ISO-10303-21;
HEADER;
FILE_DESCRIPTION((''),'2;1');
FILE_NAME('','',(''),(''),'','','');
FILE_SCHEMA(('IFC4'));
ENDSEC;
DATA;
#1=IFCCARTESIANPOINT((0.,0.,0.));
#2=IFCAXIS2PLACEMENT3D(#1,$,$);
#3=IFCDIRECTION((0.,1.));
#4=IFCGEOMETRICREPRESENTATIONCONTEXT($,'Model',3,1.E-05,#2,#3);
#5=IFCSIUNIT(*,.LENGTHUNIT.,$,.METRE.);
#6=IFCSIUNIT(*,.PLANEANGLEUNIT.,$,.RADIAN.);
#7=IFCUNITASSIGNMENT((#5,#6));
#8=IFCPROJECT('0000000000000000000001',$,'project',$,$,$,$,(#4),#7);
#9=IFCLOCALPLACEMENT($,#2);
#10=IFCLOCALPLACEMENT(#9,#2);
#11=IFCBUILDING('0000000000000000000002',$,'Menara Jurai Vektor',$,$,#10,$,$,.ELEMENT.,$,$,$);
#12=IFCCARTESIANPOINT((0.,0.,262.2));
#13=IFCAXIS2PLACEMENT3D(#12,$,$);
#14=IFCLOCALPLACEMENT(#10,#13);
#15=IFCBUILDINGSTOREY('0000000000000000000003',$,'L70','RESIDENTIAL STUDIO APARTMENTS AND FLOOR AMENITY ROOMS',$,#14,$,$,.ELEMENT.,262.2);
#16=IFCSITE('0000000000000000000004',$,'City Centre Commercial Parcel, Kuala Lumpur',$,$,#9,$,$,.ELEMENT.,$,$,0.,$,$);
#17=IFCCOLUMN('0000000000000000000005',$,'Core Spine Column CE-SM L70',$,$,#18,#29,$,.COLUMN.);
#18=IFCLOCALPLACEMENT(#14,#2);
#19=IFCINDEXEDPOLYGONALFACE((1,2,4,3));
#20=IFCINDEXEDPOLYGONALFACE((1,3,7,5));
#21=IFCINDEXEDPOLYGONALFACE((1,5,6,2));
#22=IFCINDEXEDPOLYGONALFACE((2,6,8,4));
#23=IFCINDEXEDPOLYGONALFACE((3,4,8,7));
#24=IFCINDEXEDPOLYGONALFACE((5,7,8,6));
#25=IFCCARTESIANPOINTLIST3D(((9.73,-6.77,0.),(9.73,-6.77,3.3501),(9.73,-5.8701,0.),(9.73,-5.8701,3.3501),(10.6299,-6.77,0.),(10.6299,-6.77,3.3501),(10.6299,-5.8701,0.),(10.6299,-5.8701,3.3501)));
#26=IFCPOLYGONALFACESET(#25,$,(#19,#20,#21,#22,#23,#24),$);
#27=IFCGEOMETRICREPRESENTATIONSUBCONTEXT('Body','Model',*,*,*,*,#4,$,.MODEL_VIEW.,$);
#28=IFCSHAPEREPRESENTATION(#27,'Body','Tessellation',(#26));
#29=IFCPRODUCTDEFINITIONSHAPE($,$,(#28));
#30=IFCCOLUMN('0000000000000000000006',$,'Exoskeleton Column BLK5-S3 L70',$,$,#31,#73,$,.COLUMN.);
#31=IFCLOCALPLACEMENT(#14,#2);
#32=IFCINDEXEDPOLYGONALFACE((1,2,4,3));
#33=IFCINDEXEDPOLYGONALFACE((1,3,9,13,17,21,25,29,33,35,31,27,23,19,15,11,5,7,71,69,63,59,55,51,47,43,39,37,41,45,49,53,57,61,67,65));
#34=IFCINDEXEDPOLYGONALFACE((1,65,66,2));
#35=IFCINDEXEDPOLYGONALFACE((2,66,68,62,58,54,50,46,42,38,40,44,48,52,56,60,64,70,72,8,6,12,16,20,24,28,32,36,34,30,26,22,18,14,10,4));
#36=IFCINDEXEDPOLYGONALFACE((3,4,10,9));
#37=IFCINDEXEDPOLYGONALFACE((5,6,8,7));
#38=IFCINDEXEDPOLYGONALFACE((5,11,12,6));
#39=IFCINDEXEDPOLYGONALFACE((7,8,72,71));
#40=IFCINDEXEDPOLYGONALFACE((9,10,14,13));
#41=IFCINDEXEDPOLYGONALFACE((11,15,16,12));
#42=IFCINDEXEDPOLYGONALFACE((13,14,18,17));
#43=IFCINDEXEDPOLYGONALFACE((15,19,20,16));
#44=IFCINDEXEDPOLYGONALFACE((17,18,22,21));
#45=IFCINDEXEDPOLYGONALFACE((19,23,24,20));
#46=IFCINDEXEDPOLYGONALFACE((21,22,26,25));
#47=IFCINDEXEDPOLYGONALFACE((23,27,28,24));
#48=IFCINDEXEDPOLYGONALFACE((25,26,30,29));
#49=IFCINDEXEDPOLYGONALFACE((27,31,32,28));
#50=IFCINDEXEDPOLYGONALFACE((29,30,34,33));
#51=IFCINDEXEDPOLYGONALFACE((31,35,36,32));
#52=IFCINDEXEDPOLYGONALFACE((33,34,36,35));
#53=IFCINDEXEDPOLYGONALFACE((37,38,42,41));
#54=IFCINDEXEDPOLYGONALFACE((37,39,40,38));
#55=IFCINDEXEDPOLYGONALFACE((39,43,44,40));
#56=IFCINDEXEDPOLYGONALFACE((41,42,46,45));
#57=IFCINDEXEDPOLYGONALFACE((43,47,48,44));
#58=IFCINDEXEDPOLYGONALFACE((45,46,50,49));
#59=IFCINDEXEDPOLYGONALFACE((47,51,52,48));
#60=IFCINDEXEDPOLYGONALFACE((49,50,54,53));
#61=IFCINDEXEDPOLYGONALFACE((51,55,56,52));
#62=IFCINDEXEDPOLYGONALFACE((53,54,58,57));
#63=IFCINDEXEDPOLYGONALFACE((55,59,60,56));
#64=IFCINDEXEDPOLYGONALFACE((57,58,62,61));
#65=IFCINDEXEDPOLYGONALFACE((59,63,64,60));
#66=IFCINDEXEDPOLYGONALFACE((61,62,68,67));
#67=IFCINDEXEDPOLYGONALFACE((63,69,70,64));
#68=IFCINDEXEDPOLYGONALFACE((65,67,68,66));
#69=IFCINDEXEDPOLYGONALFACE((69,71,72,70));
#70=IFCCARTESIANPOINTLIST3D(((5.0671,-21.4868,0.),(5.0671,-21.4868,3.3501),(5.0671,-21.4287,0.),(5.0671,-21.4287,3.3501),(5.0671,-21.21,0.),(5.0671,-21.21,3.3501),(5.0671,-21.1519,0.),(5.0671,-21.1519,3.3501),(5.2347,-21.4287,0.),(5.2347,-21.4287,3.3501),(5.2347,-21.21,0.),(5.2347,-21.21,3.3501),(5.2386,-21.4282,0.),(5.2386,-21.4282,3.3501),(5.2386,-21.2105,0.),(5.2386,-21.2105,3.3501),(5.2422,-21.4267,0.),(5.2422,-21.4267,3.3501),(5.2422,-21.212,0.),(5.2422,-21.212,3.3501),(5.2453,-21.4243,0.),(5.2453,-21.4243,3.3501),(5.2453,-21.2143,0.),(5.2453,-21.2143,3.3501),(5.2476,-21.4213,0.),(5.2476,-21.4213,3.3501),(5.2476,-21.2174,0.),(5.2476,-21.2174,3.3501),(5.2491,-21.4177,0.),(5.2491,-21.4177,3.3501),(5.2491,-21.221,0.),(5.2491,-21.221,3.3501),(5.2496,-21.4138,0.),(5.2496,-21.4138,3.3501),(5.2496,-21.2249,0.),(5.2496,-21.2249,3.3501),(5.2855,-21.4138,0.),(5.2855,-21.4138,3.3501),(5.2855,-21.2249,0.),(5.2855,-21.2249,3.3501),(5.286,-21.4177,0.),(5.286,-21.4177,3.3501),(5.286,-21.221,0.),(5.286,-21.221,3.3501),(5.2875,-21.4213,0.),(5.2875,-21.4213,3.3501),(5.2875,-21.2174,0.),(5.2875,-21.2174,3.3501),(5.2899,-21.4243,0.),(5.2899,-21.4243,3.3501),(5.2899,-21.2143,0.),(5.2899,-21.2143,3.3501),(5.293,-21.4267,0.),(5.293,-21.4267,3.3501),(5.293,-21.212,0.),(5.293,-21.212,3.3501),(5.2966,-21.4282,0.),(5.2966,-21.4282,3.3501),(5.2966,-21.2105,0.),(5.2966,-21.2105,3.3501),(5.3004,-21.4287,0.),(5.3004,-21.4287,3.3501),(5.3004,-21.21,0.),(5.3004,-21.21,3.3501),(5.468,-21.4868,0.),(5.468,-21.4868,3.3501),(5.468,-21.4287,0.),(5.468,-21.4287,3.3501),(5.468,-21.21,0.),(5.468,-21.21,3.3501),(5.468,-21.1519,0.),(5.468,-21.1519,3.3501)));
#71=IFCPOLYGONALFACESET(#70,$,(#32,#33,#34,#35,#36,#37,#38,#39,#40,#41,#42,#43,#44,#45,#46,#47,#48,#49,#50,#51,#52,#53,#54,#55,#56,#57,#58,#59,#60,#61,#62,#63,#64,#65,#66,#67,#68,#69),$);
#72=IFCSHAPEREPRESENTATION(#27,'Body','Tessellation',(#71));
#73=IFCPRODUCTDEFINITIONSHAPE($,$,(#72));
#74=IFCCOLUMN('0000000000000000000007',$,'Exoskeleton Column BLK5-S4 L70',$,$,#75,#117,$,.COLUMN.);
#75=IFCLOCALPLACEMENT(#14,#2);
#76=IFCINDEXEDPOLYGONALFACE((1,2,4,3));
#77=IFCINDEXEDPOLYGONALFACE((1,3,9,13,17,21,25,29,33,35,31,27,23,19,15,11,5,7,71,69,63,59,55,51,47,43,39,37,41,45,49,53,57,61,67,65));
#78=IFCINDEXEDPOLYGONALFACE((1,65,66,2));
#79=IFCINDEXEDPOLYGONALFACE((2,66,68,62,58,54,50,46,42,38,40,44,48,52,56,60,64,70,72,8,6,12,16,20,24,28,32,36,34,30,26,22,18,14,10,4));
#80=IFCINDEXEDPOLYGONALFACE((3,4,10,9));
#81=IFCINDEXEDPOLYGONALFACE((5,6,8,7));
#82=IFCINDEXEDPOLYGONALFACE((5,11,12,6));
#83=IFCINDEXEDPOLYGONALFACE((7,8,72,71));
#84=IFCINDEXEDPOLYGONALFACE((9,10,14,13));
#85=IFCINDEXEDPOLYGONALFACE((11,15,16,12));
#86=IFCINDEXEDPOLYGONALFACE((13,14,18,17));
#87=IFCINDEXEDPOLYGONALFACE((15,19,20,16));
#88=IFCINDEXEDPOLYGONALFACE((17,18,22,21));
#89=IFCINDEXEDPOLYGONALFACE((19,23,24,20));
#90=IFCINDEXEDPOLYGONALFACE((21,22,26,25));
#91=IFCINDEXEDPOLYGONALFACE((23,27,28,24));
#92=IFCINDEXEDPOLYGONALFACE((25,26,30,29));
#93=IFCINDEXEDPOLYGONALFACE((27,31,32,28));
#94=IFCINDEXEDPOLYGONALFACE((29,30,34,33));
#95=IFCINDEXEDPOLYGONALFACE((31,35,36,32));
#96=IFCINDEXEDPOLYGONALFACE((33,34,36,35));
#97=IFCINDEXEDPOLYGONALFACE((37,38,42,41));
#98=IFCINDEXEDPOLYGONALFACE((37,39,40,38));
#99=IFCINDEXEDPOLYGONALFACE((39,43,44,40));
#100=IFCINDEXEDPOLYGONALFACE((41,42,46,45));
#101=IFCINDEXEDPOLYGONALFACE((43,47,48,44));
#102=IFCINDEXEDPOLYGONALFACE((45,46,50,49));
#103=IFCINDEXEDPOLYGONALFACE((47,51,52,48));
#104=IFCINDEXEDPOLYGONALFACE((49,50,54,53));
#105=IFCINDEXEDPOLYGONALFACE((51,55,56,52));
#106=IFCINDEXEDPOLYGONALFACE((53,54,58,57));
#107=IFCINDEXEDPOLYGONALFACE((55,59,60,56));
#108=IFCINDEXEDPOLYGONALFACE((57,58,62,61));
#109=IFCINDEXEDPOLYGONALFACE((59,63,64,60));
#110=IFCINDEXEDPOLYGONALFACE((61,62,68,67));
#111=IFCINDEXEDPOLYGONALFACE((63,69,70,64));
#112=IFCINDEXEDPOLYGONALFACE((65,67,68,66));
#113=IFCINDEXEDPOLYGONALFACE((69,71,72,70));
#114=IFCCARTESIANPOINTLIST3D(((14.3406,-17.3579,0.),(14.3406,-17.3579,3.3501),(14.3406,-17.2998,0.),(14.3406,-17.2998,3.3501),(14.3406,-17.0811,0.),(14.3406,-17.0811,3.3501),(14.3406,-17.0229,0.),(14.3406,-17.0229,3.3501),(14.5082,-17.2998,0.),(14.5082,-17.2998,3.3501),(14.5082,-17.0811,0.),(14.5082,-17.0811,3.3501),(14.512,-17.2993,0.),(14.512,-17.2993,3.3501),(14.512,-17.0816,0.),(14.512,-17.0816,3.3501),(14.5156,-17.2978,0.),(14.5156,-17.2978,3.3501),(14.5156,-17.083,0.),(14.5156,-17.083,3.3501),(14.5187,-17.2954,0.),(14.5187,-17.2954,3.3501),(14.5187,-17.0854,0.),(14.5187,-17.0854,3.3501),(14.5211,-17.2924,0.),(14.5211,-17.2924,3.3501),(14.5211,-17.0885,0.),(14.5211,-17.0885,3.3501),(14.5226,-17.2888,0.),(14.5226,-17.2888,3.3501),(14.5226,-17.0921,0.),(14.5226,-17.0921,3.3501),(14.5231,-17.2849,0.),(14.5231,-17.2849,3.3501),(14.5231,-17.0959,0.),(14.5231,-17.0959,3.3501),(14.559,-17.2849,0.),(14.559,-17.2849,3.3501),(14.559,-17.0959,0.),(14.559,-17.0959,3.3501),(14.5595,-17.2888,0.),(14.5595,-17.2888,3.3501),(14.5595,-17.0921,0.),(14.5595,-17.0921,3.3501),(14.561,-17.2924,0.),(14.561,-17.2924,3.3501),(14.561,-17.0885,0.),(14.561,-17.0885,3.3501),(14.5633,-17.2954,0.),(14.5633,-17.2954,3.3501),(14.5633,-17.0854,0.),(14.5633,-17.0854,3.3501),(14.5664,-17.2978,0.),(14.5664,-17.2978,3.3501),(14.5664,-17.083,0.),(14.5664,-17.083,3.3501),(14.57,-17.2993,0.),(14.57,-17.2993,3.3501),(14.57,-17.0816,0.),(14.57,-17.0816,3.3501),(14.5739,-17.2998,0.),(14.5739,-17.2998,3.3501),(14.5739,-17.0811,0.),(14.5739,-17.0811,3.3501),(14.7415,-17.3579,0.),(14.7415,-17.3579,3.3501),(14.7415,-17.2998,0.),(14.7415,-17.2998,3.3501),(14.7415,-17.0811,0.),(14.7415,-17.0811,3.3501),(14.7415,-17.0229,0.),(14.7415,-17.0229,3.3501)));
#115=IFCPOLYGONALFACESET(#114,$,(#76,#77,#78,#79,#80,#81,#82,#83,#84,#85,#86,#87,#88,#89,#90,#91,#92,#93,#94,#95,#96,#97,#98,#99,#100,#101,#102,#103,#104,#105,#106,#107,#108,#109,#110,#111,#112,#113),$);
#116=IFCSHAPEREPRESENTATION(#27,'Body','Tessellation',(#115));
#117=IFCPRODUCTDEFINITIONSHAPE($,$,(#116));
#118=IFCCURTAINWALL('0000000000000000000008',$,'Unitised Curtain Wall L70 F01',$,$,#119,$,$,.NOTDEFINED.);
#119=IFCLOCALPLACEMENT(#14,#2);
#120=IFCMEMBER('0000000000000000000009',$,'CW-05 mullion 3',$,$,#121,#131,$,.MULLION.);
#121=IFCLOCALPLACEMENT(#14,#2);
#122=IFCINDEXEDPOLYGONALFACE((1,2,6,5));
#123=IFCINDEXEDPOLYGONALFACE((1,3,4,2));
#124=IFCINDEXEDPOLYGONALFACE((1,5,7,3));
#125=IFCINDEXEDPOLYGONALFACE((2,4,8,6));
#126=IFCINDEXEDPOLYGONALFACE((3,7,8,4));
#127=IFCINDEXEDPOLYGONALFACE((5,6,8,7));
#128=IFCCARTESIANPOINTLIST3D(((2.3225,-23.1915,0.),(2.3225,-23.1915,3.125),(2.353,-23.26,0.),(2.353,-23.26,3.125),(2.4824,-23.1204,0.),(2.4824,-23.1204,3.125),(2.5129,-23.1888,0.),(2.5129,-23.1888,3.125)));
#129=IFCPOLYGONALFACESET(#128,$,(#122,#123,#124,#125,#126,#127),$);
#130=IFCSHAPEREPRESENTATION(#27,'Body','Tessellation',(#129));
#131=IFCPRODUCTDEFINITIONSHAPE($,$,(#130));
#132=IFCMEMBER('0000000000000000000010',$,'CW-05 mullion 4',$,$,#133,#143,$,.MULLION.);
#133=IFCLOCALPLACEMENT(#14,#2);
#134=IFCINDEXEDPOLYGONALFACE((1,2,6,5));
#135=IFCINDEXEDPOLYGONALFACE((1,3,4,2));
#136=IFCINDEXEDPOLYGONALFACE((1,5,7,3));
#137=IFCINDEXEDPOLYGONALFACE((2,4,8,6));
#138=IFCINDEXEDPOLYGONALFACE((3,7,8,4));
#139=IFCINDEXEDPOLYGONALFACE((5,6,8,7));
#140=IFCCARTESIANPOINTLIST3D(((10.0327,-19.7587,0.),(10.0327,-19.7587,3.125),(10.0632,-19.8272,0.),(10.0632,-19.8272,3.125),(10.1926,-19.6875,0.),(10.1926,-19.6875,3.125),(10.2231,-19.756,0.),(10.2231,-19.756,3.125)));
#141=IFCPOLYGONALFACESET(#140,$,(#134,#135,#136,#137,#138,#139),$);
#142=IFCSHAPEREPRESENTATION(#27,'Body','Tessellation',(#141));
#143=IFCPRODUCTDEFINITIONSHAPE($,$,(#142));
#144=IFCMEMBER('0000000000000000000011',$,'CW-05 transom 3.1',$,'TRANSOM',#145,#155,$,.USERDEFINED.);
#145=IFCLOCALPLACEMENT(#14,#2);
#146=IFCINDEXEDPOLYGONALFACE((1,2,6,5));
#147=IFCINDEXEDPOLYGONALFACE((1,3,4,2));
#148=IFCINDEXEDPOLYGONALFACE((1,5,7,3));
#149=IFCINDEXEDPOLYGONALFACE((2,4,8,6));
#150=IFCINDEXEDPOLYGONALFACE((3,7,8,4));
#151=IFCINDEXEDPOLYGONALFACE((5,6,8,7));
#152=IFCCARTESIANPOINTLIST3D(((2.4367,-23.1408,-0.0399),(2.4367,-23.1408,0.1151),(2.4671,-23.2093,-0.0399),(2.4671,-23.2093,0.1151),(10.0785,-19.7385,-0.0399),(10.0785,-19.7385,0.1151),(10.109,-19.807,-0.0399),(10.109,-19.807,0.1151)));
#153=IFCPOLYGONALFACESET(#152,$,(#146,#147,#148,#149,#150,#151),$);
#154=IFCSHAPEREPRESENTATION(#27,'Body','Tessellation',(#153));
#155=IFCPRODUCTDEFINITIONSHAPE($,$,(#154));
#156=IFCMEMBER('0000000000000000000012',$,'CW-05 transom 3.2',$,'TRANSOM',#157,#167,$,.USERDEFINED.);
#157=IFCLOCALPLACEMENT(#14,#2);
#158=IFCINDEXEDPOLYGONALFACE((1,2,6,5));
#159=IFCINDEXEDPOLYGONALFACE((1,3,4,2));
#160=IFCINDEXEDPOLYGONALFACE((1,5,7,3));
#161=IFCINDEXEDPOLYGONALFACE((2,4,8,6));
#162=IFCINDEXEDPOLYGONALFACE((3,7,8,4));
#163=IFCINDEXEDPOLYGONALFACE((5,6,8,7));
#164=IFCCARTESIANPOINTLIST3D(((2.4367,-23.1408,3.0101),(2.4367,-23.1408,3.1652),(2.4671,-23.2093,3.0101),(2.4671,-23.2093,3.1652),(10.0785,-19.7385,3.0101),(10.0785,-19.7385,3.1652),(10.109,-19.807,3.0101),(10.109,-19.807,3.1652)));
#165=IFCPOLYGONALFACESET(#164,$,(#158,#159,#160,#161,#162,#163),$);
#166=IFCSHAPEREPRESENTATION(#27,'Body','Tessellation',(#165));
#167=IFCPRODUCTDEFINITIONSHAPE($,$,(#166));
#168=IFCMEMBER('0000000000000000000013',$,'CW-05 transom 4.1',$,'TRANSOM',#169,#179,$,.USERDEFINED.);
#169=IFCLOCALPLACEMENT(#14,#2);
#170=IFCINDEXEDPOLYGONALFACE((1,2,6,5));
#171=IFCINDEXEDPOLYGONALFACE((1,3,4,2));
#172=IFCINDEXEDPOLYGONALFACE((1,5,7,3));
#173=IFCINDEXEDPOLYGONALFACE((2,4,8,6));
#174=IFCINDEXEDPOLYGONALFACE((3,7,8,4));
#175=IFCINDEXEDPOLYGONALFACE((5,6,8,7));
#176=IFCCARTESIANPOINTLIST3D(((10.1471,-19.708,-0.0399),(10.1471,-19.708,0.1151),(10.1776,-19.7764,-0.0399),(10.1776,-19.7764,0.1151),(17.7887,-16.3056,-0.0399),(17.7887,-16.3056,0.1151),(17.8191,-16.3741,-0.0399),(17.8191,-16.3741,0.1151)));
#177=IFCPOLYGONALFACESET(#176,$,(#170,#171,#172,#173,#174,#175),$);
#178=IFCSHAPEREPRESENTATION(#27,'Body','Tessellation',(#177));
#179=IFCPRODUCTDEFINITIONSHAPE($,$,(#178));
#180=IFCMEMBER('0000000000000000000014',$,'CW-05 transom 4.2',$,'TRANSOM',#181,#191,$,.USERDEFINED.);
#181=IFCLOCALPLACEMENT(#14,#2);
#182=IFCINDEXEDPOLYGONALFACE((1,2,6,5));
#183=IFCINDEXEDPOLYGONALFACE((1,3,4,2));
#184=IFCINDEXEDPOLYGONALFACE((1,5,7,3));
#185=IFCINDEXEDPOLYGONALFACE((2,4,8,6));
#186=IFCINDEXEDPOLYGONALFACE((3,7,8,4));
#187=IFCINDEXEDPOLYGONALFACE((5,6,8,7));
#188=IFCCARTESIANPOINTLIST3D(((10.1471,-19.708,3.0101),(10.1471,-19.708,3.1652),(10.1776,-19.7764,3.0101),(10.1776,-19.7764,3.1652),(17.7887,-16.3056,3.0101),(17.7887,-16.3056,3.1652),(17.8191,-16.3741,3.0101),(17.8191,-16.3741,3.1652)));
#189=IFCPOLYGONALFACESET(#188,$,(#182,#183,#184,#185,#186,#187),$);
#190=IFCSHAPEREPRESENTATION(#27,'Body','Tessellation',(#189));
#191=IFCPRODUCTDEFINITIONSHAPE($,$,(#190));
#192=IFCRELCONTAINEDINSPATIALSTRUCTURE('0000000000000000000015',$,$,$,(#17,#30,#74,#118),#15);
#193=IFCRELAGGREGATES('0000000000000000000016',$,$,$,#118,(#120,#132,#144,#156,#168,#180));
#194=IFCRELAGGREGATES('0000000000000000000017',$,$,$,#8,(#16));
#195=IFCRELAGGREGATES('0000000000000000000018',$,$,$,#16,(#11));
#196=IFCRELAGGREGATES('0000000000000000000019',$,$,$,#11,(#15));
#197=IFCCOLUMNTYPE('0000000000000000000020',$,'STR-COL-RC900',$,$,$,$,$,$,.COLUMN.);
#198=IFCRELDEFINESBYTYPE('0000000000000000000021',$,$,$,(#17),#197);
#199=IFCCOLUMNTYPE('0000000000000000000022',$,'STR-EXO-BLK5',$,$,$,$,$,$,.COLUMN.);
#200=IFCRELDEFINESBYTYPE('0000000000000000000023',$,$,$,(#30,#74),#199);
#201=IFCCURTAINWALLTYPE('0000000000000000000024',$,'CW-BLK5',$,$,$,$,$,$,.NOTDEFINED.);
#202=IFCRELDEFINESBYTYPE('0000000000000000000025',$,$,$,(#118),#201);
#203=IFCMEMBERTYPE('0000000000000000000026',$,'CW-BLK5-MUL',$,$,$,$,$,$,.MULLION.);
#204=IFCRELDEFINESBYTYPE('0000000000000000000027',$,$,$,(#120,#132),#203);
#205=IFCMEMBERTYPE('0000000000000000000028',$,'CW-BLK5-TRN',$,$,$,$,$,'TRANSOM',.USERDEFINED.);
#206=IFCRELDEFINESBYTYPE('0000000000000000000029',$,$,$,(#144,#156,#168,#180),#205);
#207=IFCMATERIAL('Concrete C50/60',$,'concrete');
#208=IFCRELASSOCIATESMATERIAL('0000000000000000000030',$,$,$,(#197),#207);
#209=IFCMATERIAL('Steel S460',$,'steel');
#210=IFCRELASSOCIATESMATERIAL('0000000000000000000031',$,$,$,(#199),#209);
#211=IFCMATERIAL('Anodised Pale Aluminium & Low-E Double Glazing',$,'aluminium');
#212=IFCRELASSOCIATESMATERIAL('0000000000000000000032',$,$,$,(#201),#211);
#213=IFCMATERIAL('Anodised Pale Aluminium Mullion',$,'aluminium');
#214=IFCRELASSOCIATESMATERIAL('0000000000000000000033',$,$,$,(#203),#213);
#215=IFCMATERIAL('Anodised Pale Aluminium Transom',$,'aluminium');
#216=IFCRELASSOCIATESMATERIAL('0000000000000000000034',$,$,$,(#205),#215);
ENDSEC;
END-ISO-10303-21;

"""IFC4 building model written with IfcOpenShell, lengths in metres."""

from ifc_helpers import new_model, si_unit, direction, frame, origin, origin_2d, place, context, subcontext, project, spatial, rectangle, i_section, extrude, material, material_profile, profile_set, type_object, element, aggregate, save


model = new_model("IFC4")

# Units and contexts
model_context = context("Model", 3, precision=1e-05, world=origin(), true_north=direction((0.0, 1.0)))
body_context = subcontext(model_context, "Body", "Model", "MODEL_VIEW")
ifc_project = project(units=[si_unit("LENGTHUNIT", "METRE"), si_unit("PLANEANGLEUNIT", "RADIAN")], contexts=[model_context])

# Site, building, storey
site_placement = place(None, origin())
site = spatial("IfcSite", under=ifc_project, at=site_placement, Name="City Centre Commercial Parcel, Kuala Lumpur", CompositionType="ELEMENT", RefElevation=0.0)
building_placement = place(site_placement, origin())
building = spatial("IfcBuilding", under=site, at=building_placement, Name="Menara Jurai Vektor", CompositionType="ELEMENT")
storey_placement = place(building_placement, frame((0.0, 0.0, 262.2)))
storey = spatial("IfcBuildingStorey", under=building, at=storey_placement, Name="L70", Description="RESIDENTIAL STUDIO APARTMENTS AND FLOOR AMENITY ROOMS", CompositionType="ELEMENT", Elevation=262.2)

# Columns
ifc_material_1 = material(Name="Concrete C50/60", Category="concrete")
ifc_material_profile_1 = material_profile(ifc_material_1, rectangle(XDim=0.8999, YDim=0.8999, at=origin_2d()), Name="RC 900x900")
ifc_profile_set_1 = profile_set([ifc_material_profile_1], Name="Concrete C50/60")
column_type_1 = type_object("IfcColumnType", Name="STR-COL-RC900", PredefinedType="COLUMN", material=ifc_profile_set_1)
column_placement = place(storey_placement, frame((10.1799, -6.3201, 0.0), z_axis=(0.0, 0.0, 1.0), x_axis=(1.0, 0.0, 0.0)))
element("IfcColumn", 1, at=column_placement, inside=storey, type_object=column_type_1, Name="Core Spine Column CE-SM L70", PredefinedType="COLUMN", context=body_context, shape_type="SweptSolid", body=[
    extrude(rectangle(XDim=0.8999, YDim=0.8999, at=origin_2d()), origin(), (0.0, 0.0, 1.0), 3.3501),
])
ifc_material_2 = material(Name="Steel S460", Category="steel")
ifc_material_profile_2 = material_profile(ifc_material_2, i_section(OverallWidth=0.4009, OverallDepth=0.335, WebThickness=0.0359, FlangeThickness=0.0581, FilletRadius=0.0149, at=origin_2d()), Name="HD 400x463")
ifc_profile_set_2 = profile_set([ifc_material_profile_2], Name="Steel S460")
column_type_2 = type_object("IfcColumnType", Name="STR-EXO-BLK5", PredefinedType="COLUMN", material=ifc_profile_set_2)
for number, where, z_axis, x_axis, name in (
    (2, (5.2676, -21.3193, 0.0), (0.0, 0.0, 1.0), (1.0, 0.0, 0.0), "Exoskeleton Column BLK5-S3 L70"),
    (3, (14.541, -17.1904, 0.0), (0.0, 0.0, 1.0), (1.0, 0.0, 0.0), "Exoskeleton Column BLK5-S4 L70"),
):
    element("IfcColumn", number, at=place(storey_placement, frame(where, z_axis=z_axis, x_axis=x_axis)), inside=storey, type_object=column_type_2, Name=name, PredefinedType="COLUMN", context=body_context, shape_type="SweptSolid", body=[
        extrude(i_section(OverallWidth=0.4009, OverallDepth=0.335, WebThickness=0.0359, FlangeThickness=0.0581, FilletRadius=0.0149, at=origin_2d()), origin(), (0.0, 0.0, 1.0), 3.3501),
    ])

# Curtain wall, members
ifc_material_3 = material(Name="Anodised Pale Aluminium & Low-E Double Glazing", Category="aluminium")
curtain_wall_type = type_object("IfcCurtainWallType", Name="CW-BLK5", PredefinedType="NOTDEFINED", material=ifc_material_3)
curtain_wall_placement = place(storey_placement, origin())
curtain_wall = element("IfcCurtainWall", 4, at=curtain_wall_placement, inside=storey, type_object=curtain_wall_type, Name="Unitised Curtain Wall L70 F01", PredefinedType="NOTDEFINED")
ifc_material_4 = material(Name="Anodised Pale Aluminium Mullion", Category="aluminium")
ifc_material_profile_3 = material_profile(ifc_material_4, rectangle(XDim=0.075, YDim=0.175, at=origin_2d()), Name="ALU MUL 75x175")
ifc_profile_set_3 = profile_set([ifc_material_profile_3], Name="Anodised Pale Aluminium Mullion")
member_type_1 = type_object("IfcMemberType", Name="CW-BLK5-MUL", PredefinedType="MULLION", material=ifc_profile_set_3)
member_1_placement = place(storey_placement, frame((2.4177, -23.1902, 0.0), z_axis=(0.0, 0.0, 1.0), x_axis=(-0.406735, 0.913546, 0.0)))
member_1 = element("IfcMember", 5, at=member_1_placement, type_object=member_type_1, Name="CW-05 mullion 3", PredefinedType="MULLION", context=body_context, shape_type="SweptSolid", body=[
    extrude(rectangle(XDim=0.075, YDim=0.175, at=origin_2d()), origin(), (0.0, 0.0, 1.0), 3.125),
])
member_2_placement = place(storey_placement, frame((10.1279, -19.7573, 0.0), z_axis=(0.0, 0.0, 1.0), x_axis=(-0.406735, 0.913546, 0.0)))
member_2 = element("IfcMember", 6, at=member_2_placement, type_object=member_type_1, Name="CW-05 mullion 4", PredefinedType="MULLION", context=body_context, shape_type="SweptSolid", body=[
    extrude(rectangle(XDim=0.075, YDim=0.175, at=origin_2d()), origin(), (0.0, 0.0, 1.0), 3.125),
])
ifc_material_5 = material(Name="Anodised Pale Aluminium Transom", Category="aluminium")
ifc_material_profile_4 = material_profile(ifc_material_5, rectangle(XDim=0.075, YDim=0.155, at=origin_2d()), Name="ALU TRN 75x155")
ifc_profile_set_4 = profile_set([ifc_material_profile_4], Name="Anodised Pale Aluminium Transom")
member_type_2 = type_object("IfcMemberType", Name="CW-BLK5-TRN", ElementType="TRANSOM", PredefinedType="USERDEFINED", material=ifc_profile_set_4)
member_3_placement = place(storey_placement, frame((2.4519, -23.175, 0.0376), z_axis=(0.913547, 0.406734, 0.0), x_axis=(-0.406734, 0.913547, 0.0)))
member_3 = element("IfcMember", 7, at=member_3_placement, type_object=member_type_2, Name="CW-05 transom 3.1", ObjectType="TRANSOM", PredefinedType="USERDEFINED", context=body_context, shape_type="SweptSolid", body=[
    extrude(rectangle(XDim=0.075, YDim=0.155, at=origin_2d()), origin(), (0.0, 0.0, 1.0), 8.365),
])
member_4_placement = place(storey_placement, frame((2.4519, -23.175, 3.0876), z_axis=(0.913547, 0.406734, 0.0), x_axis=(-0.406734, 0.913547, 0.0)))
member_4 = element("IfcMember", 8, at=member_4_placement, type_object=member_type_2, Name="CW-05 transom 3.2", ObjectType="TRANSOM", PredefinedType="USERDEFINED", context=body_context, shape_type="SweptSolid", body=[
    extrude(rectangle(XDim=0.075, YDim=0.155, at=origin_2d()), origin(), (0.0, 0.0, 1.0), 8.365),
])
member_5_placement = place(storey_placement, frame((10.1624, -19.7422, 0.0376), z_axis=(0.913542, 0.406745, 0.0), x_axis=(-0.406745, 0.913542, 0.0)))
member_5 = element("IfcMember", 9, at=member_5_placement, type_object=member_type_2, Name="CW-05 transom 4.1", ObjectType="TRANSOM", PredefinedType="USERDEFINED", context=body_context, shape_type="SweptSolid", body=[
    extrude(rectangle(XDim=0.075, YDim=0.155, at=origin_2d()), origin(), (0.0, 0.0, 1.0), 8.3647),
])
member_6_placement = place(storey_placement, frame((10.1624, -19.7422, 3.0876), z_axis=(0.913542, 0.406745, 0.0), x_axis=(-0.406745, 0.913542, 0.0)))
member_6 = element("IfcMember", 10, at=member_6_placement, type_object=member_type_2, Name="CW-05 transom 4.2", ObjectType="TRANSOM", PredefinedType="USERDEFINED", context=body_context, shape_type="SweptSolid", body=[
    extrude(rectangle(XDim=0.075, YDim=0.155, at=origin_2d()), origin(), (0.0, 0.0, 1.0), 8.3647),
])

aggregate(curtain_wall, [member_1, member_2, member_3, member_4, member_5, member_6])

save(model, "model.ifc")
